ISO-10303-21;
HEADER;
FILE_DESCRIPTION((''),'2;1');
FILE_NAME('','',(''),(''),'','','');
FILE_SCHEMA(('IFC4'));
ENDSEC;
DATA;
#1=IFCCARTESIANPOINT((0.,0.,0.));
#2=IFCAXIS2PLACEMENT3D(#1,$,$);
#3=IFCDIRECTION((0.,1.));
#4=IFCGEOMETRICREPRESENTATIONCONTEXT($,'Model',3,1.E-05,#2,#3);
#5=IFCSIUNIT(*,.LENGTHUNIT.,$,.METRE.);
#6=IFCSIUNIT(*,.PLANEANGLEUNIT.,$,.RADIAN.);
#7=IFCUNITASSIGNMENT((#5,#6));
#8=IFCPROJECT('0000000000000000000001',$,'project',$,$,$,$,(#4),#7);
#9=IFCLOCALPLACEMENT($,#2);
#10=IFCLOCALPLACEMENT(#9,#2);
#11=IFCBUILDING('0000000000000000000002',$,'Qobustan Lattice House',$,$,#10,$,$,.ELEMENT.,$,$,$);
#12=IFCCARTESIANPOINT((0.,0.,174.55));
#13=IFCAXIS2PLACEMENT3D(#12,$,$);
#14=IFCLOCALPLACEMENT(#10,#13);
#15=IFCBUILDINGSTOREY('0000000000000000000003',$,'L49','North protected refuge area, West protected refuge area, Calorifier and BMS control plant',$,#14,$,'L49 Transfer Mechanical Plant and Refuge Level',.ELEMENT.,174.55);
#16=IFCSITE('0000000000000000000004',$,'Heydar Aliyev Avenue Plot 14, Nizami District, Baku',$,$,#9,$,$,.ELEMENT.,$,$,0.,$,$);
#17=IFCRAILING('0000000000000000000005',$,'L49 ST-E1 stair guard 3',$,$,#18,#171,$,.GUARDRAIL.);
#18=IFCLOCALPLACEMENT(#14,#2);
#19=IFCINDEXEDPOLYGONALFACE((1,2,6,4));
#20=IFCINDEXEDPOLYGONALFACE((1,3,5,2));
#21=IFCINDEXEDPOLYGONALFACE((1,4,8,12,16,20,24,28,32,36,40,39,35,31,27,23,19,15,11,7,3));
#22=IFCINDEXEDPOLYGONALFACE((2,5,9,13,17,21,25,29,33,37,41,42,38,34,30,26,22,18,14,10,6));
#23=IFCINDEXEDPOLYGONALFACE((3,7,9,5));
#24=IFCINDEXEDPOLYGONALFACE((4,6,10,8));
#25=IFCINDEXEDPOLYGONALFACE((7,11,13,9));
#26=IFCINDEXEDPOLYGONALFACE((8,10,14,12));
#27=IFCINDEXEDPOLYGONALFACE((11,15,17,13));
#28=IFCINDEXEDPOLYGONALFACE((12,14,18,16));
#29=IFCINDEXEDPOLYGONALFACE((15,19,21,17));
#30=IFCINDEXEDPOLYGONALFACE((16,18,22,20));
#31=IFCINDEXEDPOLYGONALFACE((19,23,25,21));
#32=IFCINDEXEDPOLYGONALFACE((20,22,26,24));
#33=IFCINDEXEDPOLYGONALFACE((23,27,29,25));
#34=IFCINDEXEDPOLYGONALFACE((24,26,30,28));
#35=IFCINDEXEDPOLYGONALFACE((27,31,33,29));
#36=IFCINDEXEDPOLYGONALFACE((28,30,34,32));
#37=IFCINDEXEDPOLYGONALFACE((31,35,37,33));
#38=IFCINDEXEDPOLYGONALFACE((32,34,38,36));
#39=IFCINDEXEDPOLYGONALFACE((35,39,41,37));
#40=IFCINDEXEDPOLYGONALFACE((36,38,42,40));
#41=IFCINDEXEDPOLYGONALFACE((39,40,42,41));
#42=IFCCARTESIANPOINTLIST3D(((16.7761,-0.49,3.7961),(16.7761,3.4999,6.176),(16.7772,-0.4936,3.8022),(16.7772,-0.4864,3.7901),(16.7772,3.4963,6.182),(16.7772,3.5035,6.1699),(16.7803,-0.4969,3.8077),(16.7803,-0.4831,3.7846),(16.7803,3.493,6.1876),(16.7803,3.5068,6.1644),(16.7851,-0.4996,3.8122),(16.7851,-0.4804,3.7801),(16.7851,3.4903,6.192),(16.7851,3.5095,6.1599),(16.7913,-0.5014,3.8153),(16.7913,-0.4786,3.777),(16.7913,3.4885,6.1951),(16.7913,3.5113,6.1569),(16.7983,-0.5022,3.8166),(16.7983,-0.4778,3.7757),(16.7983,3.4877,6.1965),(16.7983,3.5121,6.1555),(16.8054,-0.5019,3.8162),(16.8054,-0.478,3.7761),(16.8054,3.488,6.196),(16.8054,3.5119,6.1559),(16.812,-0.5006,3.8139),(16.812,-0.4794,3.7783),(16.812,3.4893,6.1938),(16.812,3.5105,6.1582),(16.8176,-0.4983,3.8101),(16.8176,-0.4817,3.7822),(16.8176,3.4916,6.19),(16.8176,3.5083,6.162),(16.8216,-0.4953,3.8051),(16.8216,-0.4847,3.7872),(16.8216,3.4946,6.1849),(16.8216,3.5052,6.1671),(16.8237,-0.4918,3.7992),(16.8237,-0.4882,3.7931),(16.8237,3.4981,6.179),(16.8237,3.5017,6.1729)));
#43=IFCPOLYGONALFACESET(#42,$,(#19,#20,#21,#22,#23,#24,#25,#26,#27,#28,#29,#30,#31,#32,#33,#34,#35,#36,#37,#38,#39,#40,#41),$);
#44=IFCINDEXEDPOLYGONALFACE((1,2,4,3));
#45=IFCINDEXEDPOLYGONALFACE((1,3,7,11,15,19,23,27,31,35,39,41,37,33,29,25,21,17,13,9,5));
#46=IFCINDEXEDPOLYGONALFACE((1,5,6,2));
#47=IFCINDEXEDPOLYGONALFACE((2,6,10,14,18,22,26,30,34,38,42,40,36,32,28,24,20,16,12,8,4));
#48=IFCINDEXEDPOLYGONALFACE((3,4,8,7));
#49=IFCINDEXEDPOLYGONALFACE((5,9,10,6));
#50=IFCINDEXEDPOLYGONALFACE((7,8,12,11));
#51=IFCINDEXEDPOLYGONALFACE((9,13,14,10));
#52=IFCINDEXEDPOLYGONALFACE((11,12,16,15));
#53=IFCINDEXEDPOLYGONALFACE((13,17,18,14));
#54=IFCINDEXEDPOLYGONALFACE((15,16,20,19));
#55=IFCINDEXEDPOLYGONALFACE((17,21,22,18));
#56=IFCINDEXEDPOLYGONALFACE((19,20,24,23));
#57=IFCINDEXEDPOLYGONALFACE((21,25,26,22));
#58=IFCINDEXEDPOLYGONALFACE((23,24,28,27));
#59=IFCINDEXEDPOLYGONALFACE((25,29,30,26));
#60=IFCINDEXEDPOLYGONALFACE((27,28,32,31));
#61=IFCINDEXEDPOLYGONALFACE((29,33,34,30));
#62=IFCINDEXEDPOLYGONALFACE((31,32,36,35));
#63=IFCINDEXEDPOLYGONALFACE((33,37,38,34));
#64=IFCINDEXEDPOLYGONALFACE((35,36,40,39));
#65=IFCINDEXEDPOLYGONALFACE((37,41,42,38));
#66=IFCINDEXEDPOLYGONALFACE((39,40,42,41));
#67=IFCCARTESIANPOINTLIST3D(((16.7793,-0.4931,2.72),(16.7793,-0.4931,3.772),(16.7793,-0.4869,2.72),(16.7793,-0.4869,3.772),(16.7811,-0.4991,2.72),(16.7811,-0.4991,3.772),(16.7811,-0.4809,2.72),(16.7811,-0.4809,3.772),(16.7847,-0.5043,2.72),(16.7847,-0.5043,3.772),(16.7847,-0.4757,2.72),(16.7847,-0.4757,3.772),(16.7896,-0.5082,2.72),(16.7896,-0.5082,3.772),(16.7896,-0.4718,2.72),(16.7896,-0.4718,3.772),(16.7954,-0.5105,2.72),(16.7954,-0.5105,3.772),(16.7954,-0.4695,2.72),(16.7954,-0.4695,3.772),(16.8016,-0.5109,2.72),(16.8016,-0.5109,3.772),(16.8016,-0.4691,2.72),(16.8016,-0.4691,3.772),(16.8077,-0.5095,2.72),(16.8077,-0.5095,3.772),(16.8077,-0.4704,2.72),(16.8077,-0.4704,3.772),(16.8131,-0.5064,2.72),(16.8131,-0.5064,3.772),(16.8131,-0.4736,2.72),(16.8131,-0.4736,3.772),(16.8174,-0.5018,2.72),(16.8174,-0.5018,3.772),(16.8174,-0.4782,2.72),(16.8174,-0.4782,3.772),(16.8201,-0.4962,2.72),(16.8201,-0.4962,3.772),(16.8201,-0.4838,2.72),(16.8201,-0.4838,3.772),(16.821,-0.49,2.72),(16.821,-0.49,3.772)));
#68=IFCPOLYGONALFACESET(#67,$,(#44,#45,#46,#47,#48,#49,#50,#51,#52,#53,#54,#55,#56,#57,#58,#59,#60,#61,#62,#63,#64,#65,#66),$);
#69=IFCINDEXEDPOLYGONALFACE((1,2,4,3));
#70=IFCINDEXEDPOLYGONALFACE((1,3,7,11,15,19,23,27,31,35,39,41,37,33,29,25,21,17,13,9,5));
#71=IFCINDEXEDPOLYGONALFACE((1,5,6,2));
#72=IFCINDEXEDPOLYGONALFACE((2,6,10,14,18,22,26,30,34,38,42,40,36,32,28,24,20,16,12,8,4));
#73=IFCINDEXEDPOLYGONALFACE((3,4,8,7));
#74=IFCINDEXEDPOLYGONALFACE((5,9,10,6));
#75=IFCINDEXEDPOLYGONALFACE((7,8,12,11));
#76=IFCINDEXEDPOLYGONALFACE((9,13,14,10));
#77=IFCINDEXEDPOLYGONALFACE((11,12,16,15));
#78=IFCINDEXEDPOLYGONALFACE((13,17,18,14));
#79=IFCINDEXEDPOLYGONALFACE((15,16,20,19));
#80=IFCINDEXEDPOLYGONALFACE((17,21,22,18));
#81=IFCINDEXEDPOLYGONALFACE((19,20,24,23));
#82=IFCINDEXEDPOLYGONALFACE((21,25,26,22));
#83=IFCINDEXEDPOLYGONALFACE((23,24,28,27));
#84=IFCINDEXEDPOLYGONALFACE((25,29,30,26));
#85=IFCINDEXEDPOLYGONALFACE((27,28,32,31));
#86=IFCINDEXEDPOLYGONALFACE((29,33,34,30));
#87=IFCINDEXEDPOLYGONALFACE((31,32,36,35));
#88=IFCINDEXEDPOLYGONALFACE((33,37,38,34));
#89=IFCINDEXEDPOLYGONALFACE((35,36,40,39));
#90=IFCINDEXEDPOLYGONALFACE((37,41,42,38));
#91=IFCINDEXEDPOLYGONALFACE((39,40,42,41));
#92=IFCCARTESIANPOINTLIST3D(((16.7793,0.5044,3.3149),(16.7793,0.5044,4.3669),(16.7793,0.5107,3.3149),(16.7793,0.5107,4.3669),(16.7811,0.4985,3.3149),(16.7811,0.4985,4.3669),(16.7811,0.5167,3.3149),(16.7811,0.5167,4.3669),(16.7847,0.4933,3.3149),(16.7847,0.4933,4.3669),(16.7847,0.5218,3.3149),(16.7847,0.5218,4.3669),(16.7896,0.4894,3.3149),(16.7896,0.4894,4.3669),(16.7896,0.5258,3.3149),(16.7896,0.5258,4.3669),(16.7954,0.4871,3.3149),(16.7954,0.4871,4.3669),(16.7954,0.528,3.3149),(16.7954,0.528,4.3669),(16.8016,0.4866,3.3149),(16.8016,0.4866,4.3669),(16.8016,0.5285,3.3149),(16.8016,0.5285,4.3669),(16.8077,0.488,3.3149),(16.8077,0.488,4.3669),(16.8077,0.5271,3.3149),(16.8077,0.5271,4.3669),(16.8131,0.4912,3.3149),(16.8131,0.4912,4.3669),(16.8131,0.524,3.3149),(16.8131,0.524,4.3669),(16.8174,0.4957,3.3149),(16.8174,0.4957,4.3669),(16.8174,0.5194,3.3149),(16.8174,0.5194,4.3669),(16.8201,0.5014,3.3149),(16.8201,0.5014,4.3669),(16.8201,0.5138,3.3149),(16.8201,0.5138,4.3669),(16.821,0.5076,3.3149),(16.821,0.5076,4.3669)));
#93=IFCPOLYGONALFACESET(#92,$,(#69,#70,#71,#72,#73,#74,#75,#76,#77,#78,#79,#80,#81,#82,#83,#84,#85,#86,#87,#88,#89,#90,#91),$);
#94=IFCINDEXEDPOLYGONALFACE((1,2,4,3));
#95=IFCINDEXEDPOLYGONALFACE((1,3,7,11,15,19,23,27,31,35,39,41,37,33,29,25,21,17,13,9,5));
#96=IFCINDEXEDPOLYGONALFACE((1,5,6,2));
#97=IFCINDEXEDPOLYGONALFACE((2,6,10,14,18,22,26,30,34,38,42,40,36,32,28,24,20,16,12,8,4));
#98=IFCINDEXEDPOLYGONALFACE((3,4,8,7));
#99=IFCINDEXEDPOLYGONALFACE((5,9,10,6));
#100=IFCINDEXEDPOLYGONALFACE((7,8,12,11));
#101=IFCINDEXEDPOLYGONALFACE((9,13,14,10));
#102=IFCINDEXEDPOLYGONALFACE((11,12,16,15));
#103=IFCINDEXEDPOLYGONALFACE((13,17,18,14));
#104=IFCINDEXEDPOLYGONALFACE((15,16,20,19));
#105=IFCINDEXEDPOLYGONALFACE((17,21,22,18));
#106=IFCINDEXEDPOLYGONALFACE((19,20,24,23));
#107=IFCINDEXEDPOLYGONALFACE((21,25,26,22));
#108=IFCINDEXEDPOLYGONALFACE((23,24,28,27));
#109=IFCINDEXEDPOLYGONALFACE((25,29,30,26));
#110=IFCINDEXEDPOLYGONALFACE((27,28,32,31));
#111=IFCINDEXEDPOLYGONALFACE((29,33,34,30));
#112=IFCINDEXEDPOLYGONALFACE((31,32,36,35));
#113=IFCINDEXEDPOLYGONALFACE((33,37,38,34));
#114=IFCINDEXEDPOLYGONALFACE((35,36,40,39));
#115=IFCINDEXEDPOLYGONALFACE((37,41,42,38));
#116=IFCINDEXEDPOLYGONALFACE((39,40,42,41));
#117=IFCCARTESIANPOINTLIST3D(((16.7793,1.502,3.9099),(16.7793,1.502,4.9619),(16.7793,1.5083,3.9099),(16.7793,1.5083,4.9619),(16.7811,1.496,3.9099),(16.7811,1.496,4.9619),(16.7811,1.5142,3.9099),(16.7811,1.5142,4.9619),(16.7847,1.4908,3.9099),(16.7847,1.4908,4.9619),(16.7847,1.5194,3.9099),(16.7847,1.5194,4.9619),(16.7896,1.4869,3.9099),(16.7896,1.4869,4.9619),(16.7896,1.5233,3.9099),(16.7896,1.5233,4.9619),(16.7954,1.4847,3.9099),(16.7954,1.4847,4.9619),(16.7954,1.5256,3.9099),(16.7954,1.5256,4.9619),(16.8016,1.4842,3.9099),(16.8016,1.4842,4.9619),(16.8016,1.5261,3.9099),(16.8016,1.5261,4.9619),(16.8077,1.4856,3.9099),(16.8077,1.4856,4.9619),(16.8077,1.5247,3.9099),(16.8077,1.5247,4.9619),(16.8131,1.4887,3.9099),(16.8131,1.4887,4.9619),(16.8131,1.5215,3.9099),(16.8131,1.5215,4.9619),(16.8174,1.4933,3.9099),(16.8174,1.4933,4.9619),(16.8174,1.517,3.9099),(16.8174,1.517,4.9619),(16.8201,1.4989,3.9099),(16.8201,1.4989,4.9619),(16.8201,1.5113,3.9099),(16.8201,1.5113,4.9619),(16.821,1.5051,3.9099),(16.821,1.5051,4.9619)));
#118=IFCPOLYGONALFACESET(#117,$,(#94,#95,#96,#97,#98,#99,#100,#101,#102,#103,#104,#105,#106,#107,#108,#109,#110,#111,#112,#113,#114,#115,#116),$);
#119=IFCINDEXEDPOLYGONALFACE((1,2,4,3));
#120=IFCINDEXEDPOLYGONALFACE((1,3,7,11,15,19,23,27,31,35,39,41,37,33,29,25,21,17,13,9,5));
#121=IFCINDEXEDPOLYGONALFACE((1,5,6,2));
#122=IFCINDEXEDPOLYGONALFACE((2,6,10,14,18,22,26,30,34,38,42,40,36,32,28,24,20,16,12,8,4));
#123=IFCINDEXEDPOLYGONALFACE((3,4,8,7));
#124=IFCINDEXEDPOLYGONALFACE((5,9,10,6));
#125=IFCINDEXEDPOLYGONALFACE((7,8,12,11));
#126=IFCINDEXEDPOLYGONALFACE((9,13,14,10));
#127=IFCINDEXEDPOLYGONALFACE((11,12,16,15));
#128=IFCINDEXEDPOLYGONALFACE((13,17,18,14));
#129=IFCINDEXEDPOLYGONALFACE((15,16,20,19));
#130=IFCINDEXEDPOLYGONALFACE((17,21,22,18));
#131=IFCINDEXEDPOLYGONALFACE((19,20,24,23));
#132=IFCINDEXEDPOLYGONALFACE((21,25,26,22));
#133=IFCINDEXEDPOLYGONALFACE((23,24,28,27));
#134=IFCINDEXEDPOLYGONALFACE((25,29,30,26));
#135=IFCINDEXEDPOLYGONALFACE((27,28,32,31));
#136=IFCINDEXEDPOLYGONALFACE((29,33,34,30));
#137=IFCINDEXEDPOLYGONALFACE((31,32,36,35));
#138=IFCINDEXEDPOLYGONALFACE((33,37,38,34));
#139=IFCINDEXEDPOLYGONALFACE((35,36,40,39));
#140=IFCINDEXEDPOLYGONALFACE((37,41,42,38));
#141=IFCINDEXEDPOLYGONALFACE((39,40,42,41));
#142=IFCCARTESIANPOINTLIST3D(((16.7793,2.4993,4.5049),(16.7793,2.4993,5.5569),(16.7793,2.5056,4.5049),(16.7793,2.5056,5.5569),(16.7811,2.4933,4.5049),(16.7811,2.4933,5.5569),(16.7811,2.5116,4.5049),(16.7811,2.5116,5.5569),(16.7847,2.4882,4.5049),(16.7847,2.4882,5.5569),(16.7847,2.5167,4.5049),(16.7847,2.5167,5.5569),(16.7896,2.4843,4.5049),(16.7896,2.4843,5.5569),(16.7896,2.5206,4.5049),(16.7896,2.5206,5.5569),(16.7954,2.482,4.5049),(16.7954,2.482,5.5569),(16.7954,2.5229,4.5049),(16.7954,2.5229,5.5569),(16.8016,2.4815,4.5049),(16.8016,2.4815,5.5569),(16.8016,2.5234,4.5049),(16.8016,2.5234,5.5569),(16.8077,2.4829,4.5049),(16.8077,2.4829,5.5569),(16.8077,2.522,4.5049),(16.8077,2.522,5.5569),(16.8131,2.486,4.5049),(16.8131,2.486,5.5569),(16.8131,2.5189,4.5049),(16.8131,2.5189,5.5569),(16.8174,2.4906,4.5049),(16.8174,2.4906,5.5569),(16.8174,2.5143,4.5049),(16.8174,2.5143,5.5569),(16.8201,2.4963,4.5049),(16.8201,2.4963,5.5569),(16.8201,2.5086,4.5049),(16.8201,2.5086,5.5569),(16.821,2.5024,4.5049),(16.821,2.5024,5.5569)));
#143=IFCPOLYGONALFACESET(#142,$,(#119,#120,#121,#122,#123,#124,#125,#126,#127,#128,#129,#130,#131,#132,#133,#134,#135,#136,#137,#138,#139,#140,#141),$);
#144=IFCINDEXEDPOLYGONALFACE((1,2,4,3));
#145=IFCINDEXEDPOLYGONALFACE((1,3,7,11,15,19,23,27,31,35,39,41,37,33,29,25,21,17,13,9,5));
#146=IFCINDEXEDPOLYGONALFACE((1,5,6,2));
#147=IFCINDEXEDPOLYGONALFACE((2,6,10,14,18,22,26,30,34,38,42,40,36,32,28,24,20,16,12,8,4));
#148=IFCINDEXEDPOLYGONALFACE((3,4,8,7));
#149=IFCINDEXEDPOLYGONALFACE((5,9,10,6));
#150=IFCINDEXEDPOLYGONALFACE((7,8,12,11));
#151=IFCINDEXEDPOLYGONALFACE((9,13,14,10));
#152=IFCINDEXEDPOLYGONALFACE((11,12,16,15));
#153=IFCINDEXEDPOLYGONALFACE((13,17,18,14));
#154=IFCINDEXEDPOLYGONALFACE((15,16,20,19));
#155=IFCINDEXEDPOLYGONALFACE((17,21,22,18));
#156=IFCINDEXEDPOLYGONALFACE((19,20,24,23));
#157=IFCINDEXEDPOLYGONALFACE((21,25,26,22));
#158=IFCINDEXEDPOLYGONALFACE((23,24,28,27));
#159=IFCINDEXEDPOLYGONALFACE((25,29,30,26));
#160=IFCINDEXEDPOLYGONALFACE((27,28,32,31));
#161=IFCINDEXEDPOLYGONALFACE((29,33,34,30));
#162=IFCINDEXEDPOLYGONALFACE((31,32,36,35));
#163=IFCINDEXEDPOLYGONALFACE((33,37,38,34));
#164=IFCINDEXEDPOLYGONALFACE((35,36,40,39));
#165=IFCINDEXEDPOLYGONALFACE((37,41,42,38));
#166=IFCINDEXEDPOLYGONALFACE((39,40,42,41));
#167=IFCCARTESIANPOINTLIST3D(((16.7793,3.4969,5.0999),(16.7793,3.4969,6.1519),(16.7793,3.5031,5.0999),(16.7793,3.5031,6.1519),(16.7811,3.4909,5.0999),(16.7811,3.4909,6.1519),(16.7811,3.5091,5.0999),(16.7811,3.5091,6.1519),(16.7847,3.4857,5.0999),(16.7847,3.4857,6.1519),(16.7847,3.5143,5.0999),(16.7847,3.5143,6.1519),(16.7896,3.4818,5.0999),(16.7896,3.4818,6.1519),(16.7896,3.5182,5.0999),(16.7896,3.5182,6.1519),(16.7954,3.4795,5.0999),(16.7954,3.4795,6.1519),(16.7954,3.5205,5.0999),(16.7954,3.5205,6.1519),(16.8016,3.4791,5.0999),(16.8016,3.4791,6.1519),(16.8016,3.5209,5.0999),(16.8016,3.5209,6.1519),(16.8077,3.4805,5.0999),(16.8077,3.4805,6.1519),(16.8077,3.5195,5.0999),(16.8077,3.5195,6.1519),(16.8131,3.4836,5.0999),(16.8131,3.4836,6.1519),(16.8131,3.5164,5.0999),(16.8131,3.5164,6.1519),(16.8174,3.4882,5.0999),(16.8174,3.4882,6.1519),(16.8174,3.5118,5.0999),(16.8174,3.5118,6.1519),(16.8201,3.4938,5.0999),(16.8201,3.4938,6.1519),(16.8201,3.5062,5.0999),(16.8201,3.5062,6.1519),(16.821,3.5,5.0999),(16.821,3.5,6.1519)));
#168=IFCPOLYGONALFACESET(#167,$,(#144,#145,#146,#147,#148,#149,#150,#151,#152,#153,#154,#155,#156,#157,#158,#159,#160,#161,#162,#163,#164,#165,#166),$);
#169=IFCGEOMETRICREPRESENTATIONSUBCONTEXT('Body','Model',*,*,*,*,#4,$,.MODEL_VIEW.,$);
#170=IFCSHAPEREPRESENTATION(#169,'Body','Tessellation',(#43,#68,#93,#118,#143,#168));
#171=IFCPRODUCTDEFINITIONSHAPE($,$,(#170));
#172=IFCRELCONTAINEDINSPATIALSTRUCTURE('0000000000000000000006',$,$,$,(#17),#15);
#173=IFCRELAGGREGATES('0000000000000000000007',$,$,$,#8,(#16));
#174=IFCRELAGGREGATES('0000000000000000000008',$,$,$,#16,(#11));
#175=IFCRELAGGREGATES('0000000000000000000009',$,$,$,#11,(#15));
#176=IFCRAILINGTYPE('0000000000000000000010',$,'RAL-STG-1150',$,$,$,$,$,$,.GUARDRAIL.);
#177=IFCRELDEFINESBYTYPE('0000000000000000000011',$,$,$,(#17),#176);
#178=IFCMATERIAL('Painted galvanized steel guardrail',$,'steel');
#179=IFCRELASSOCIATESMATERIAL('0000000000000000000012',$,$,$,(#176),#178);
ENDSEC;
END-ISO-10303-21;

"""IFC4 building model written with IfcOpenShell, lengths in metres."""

from ifc_helpers import new_model, si_unit, direction, frame, origin, origin_2d, place, context, subcontext, project, spatial, circle, extrude, material, type_object, element, save


model = new_model("IFC4")

# Units and contexts
model_context = context("Model", 3, precision=1e-05, world=origin(), true_north=direction((0.0, 1.0)))
body_context = subcontext(model_context, "Body", "Model", "MODEL_VIEW")
ifc_project = project(units=[si_unit("LENGTHUNIT", "METRE"), si_unit("PLANEANGLEUNIT", "RADIAN")], contexts=[model_context])

# Site, building, storey
site_placement = place(None, origin())
site = spatial("IfcSite", under=ifc_project, at=site_placement, Name="Heydar Aliyev Avenue Plot 14, Nizami District, Baku", CompositionType="ELEMENT", RefElevation=0.0)
building_placement = place(site_placement, origin())
building = spatial("IfcBuilding", under=site, at=building_placement, Name="Qobustan Lattice House", CompositionType="ELEMENT")
storey_placement = place(building_placement, frame((0.0, 0.0, 174.55)))
storey = spatial("IfcBuildingStorey", under=building, at=storey_placement, Name="L49", Description="North protected refuge area, West protected refuge area, Calorifier and BMS control plant", LongName="L49 Transfer Mechanical Plant and Refuge Level", CompositionType="ELEMENT", Elevation=174.55)

# Railing
ifc_material_1 = material(Name="Painted galvanized steel guardrail", Category="steel")
railing_type_1 = type_object("IfcRailingType", Name="RAL-STG-1150", PredefinedType="GUARDRAIL", material=ifc_material_1)
railing_1_placement = place(storey_placement, frame((16.8, -0.49, 2.72)))
element("IfcRailing", 1, at=railing_1_placement, inside=storey, type_object=railing_type_1, Name="L49 ST-E1 stair guard 3", PredefinedType="GUARDRAIL", context=body_context, shape_type="SweptSolid", body=[
    extrude(circle(Radius=0.0239, at=origin_2d()), frame((0.0, 0.0, 1.0762), z_axis=(0.0, 0.85883, 0.512261), x_axis=(-1.0, 0.0, 0.0)), (0.0, 0.0, 1.0), 4.6458),
    extrude(circle(Radius=0.021, at=origin_2d()), origin(), (0.0, 0.0, 1.0), 1.052),
    extrude(circle(Radius=0.021, at=origin_2d()), frame((0.0, 0.9976, 0.595)), (0.0, 0.0, 1.0), 1.052),
    extrude(circle(Radius=0.021, at=origin_2d()), frame((0.0, 1.9951, 1.1899)), (0.0, 0.0, 1.0), 1.052),
    extrude(circle(Radius=0.021, at=origin_2d()), frame((0.0, 2.9924, 1.7849)), (0.0, 0.0, 1.0), 1.052),
    extrude(circle(Radius=0.021, at=origin_2d()), frame((0.0, 3.99, 2.3799)), (0.0, 0.0, 1.0), 1.052),
])

save(model, "model.ifc")
